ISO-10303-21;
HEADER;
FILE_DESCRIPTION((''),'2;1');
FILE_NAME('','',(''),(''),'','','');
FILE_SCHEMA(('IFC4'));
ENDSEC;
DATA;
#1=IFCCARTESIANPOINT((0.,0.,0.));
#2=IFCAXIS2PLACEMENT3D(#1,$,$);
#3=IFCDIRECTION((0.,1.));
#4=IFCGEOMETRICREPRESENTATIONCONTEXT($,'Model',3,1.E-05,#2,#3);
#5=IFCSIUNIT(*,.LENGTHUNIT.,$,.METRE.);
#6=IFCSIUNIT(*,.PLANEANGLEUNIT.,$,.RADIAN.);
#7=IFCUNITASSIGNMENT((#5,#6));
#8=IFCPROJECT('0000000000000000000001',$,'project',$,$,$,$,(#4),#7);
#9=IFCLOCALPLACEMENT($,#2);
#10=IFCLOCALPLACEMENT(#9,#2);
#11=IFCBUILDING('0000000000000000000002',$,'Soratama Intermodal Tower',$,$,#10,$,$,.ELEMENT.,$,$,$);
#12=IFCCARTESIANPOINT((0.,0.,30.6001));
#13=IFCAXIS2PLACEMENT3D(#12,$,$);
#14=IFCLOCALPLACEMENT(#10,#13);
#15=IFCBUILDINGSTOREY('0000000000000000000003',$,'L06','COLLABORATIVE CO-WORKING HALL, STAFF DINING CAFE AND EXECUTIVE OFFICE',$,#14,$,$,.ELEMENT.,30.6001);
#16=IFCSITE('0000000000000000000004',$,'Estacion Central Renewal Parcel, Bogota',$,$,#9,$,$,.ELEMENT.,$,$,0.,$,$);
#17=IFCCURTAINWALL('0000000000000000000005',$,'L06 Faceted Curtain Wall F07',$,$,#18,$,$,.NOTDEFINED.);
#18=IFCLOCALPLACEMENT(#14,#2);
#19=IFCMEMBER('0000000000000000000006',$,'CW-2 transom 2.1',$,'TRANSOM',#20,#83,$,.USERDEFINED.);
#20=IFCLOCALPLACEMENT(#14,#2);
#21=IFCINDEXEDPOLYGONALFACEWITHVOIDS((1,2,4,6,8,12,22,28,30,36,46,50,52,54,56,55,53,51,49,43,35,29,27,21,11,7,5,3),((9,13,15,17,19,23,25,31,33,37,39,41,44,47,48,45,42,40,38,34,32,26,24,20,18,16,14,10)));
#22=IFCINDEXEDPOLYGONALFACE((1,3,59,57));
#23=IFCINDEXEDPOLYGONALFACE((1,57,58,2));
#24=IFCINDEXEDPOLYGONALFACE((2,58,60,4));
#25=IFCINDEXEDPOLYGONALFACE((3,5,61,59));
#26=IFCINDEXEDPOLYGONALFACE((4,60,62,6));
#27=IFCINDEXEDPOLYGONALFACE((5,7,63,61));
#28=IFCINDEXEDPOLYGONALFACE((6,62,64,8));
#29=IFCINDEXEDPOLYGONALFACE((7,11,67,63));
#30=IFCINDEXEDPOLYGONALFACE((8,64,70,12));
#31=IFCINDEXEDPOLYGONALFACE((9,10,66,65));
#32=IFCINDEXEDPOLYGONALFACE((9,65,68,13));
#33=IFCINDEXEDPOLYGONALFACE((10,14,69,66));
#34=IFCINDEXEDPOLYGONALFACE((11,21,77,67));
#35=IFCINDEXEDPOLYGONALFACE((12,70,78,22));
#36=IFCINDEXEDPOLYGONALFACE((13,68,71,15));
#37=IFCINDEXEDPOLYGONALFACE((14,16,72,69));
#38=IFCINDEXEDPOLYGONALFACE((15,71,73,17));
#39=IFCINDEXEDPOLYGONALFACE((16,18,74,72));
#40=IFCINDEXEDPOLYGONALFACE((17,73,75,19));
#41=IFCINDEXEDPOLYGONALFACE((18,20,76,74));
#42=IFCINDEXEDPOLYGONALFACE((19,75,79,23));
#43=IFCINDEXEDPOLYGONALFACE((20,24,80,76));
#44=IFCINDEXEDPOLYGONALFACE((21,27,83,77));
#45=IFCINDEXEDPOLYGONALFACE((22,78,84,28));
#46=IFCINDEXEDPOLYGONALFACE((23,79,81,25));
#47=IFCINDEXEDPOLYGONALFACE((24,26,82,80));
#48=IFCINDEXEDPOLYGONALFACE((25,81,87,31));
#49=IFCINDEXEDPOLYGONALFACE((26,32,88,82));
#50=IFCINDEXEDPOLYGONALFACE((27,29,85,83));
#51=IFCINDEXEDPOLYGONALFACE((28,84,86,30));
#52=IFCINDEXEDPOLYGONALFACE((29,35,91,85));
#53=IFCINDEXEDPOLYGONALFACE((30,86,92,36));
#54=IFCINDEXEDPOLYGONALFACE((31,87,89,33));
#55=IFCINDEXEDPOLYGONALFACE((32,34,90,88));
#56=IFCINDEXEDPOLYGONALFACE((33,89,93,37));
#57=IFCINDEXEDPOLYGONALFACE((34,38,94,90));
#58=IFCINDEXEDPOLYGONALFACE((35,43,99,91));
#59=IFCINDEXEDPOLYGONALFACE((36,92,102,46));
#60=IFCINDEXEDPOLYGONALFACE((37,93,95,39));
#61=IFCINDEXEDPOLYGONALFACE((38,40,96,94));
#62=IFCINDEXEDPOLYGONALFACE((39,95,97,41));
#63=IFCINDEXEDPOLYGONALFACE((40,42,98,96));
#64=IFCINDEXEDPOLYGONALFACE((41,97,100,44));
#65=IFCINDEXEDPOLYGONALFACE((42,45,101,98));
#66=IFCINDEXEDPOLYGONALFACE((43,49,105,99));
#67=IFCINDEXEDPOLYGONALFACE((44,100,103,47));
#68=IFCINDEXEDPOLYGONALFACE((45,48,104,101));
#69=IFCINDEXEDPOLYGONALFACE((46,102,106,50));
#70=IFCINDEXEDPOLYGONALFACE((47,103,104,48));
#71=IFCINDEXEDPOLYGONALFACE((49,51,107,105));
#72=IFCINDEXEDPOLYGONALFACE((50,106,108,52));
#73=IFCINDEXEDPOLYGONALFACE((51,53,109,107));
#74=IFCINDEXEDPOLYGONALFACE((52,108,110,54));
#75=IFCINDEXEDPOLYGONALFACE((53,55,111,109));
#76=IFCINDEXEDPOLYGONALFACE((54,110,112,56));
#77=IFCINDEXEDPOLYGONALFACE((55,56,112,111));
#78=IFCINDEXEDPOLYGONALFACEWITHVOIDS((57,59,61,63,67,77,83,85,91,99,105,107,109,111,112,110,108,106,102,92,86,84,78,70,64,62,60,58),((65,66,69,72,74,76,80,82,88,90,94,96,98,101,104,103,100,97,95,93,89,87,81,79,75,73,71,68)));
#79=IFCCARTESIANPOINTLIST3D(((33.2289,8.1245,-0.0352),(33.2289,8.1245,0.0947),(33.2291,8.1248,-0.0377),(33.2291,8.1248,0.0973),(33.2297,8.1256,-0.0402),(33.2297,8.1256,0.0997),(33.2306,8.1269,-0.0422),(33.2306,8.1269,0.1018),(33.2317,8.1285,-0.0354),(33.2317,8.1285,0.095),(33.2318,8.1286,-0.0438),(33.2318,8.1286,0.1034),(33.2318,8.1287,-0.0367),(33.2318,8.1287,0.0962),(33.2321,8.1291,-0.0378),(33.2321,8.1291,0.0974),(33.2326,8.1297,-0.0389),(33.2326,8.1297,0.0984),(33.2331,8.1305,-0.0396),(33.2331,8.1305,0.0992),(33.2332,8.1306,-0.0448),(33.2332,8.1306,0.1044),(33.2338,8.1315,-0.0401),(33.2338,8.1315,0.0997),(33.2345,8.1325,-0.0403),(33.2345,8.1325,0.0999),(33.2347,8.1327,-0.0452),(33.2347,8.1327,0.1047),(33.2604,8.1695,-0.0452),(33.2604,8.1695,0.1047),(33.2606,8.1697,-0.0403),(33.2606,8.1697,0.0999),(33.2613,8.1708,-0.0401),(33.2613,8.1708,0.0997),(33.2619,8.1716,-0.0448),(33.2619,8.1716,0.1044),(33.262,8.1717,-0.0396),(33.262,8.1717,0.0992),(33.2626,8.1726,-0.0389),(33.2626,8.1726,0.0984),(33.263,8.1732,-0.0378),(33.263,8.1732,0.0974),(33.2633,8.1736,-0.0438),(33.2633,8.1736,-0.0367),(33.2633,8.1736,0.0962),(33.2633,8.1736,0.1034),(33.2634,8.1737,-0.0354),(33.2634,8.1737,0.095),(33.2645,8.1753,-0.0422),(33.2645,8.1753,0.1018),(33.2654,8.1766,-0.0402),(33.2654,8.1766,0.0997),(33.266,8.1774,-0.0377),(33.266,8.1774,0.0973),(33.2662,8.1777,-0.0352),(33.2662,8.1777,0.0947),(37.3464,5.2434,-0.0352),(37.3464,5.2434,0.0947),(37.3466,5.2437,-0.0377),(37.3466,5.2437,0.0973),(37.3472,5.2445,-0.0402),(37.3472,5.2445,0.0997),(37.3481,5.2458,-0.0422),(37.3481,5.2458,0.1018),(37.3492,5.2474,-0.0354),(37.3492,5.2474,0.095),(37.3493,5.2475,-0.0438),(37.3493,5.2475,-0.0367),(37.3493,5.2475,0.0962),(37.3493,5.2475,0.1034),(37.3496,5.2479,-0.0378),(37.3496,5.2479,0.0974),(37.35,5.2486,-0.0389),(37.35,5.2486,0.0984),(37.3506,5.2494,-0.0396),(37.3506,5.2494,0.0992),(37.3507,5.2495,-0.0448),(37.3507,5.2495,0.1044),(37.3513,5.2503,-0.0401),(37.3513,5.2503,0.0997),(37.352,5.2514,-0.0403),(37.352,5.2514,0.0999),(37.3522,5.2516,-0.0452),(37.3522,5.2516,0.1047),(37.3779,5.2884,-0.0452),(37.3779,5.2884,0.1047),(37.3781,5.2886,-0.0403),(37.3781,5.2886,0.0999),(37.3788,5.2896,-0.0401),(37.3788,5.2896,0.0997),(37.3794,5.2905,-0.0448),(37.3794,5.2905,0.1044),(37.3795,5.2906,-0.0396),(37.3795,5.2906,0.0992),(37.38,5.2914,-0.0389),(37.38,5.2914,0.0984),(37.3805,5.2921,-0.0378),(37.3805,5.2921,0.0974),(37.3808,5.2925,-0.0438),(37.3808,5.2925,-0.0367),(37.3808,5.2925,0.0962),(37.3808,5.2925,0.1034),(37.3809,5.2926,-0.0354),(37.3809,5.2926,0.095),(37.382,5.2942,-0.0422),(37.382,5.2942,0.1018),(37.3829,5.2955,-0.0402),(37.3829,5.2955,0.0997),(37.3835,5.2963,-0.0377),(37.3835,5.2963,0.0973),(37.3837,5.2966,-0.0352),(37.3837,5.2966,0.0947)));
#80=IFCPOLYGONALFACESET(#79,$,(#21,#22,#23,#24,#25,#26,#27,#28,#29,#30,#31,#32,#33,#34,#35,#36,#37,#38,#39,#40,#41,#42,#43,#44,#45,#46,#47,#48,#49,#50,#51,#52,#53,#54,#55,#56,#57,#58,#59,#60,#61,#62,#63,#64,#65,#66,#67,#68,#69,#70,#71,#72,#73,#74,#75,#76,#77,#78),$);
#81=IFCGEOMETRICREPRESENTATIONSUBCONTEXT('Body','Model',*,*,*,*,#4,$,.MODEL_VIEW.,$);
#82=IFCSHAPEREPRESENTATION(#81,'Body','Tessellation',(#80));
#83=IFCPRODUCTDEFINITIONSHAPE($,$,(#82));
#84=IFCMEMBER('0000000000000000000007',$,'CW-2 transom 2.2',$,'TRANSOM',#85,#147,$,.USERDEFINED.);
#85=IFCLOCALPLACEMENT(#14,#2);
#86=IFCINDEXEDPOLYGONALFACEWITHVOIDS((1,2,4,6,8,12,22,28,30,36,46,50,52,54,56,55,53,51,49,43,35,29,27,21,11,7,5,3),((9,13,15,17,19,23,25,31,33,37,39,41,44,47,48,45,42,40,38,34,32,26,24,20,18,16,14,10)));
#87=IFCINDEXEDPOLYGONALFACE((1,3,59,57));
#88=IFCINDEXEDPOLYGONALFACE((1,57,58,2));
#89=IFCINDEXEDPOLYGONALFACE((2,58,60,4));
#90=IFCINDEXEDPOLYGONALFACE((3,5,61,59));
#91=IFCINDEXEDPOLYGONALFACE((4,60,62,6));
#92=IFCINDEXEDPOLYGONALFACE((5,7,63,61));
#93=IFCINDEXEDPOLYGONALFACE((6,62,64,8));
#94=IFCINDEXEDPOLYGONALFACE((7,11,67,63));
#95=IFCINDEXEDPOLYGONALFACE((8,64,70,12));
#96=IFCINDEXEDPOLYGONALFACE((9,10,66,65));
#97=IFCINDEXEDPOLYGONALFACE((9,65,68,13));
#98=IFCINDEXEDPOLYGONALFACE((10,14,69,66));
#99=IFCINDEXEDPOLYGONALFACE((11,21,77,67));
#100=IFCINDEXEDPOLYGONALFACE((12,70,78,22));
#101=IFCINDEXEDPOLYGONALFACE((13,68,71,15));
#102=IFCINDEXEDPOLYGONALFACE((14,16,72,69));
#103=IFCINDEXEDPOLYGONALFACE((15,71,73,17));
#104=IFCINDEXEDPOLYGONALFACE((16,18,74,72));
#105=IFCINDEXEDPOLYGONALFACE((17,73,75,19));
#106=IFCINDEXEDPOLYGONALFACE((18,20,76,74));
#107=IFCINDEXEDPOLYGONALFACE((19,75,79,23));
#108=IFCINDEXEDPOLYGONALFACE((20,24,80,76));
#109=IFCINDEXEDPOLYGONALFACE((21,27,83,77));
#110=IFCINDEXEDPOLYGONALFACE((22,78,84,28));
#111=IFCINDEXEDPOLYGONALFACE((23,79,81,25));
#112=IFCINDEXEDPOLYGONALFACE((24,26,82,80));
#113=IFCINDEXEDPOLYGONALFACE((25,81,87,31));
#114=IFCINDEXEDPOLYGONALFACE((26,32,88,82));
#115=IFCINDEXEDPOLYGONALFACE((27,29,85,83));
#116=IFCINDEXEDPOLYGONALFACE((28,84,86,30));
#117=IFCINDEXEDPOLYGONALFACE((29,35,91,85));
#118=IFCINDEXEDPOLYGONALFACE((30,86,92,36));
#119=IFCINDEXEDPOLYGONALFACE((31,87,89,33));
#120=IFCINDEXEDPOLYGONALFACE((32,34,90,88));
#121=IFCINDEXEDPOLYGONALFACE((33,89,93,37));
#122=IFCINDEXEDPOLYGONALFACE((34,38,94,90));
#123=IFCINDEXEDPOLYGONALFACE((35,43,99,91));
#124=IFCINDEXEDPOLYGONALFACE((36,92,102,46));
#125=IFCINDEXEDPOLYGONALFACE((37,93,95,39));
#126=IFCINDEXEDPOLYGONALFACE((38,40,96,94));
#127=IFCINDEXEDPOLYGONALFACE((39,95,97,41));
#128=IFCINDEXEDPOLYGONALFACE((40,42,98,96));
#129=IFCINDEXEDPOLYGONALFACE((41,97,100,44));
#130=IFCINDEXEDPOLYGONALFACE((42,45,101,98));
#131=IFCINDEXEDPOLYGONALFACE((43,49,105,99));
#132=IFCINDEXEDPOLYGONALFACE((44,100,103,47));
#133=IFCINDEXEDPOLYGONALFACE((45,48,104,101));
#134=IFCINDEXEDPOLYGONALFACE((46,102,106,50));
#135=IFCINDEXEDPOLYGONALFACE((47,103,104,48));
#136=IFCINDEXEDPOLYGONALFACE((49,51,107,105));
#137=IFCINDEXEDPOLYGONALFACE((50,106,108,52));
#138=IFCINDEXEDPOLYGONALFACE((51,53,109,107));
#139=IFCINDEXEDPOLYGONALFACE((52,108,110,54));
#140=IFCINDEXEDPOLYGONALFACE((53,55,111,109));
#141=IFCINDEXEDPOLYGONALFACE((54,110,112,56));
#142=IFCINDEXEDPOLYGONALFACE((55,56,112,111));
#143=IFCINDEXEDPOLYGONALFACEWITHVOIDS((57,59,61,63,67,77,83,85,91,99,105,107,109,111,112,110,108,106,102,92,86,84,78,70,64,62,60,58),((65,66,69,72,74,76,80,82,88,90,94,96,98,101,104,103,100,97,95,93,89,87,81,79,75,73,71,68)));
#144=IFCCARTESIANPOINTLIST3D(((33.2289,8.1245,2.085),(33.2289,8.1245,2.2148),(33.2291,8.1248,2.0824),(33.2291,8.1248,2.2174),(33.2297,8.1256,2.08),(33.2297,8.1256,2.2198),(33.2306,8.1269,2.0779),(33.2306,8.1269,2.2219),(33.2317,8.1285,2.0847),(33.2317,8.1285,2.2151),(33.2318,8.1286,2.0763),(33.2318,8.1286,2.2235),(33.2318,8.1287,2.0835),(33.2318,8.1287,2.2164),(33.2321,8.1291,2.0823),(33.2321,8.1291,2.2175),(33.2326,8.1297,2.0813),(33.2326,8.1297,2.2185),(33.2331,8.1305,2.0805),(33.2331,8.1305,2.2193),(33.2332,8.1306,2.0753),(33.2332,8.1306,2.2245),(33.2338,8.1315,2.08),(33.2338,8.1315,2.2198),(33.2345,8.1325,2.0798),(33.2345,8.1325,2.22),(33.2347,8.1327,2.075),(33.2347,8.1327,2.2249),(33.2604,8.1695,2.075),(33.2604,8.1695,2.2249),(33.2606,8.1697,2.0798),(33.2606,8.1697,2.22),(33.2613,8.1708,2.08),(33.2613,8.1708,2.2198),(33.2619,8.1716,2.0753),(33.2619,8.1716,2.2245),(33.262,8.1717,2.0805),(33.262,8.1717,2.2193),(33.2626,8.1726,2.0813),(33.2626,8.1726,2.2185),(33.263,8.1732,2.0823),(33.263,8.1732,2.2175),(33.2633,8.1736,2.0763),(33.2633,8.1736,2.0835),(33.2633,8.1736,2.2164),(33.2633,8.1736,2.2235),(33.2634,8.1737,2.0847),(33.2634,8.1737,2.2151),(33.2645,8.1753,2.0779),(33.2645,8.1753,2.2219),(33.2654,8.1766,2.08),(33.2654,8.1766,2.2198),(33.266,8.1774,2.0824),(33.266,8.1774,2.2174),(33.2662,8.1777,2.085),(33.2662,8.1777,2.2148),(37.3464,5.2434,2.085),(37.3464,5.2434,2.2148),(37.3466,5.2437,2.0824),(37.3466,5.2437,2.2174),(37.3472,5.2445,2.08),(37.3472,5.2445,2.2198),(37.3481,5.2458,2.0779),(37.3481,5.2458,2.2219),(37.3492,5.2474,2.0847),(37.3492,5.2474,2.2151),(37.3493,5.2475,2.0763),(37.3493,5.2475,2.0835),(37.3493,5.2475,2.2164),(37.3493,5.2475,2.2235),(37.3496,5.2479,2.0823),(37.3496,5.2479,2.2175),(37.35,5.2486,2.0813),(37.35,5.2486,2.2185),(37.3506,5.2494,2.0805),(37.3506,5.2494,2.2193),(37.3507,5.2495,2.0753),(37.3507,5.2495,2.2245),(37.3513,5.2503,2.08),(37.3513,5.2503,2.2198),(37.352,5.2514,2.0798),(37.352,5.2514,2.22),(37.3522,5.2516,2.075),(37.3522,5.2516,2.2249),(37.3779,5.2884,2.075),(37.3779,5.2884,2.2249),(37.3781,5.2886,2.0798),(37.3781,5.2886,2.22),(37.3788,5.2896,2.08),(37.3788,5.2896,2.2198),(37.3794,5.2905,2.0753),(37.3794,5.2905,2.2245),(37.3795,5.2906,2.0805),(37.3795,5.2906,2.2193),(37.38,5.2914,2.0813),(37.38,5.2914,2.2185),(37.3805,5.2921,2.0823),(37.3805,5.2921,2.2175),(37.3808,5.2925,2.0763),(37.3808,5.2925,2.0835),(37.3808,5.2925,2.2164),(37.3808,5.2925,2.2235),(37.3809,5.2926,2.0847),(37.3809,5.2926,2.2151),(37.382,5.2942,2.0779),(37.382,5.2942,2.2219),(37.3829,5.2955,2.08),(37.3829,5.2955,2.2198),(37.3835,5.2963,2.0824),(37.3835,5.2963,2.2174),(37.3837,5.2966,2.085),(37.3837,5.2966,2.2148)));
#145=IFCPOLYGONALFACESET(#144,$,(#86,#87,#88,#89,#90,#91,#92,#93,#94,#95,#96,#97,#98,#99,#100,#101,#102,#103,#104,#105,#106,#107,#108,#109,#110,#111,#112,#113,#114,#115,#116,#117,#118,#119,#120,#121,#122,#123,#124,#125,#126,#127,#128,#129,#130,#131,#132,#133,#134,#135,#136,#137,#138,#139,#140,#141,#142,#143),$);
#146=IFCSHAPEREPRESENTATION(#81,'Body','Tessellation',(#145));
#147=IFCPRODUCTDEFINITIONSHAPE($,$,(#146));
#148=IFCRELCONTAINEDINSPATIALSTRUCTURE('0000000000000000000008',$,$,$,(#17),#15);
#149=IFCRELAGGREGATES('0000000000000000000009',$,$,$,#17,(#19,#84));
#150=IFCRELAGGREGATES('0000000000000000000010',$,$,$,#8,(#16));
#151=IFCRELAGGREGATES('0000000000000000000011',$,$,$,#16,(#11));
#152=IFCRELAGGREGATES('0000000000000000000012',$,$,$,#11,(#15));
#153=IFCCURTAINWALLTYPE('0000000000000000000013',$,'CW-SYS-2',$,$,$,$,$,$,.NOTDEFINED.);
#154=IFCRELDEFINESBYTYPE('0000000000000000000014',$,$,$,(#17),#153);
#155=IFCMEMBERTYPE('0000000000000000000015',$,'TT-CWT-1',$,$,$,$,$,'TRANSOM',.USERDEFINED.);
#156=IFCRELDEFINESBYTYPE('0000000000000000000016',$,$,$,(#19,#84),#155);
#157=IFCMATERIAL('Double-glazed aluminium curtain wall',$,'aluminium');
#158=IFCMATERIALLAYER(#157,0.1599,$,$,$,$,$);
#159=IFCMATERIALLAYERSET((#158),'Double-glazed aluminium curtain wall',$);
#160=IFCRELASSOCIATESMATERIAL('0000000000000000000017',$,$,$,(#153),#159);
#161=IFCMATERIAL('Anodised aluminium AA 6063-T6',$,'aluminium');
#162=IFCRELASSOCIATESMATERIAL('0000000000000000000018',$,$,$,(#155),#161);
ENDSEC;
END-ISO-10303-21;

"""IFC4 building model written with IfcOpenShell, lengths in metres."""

from ifc_helpers import new_model, si_unit, direction, frame, origin, origin_2d, place, context, subcontext, project, spatial, hollow_rectangle, extrude, material, layer, layer_set, material_profile, profile_set, type_object, element, aggregate, save


model = new_model("IFC4")

# Units and contexts
model_context = context("Model", 3, precision=1e-05, world=origin(), true_north=direction((0.0, 1.0)))
body_context = subcontext(model_context, "Body", "Model", "MODEL_VIEW")
ifc_project = project(units=[si_unit("LENGTHUNIT", "METRE"), si_unit("PLANEANGLEUNIT", "RADIAN")], contexts=[model_context])

# Site, building, storey
site_placement = place(None, origin())
site = spatial("IfcSite", under=ifc_project, at=site_placement, Name="Estacion Central Renewal Parcel, Bogota", CompositionType="ELEMENT", RefElevation=0.0)
building_placement = place(site_placement, origin())
building = spatial("IfcBuilding", under=site, at=building_placement, Name="Soratama Intermodal Tower", CompositionType="ELEMENT")
storey_placement = place(building_placement, frame((0.0, 0.0, 30.6001)))
storey = spatial("IfcBuildingStorey", under=building, at=storey_placement, Name="L06", Description="COLLABORATIVE CO-WORKING HALL, STAFF DINING CAFE AND EXECUTIVE OFFICE", CompositionType="ELEMENT", Elevation=30.6001)

# Curtain wall, members
ifc_material_1 = material(Name="Double-glazed aluminium curtain wall", Category="aluminium")
ifc_layer_1 = layer(ifc_material_1, 0.1599)
ifc_layer_set_1 = layer_set([ifc_layer_1], Name="Double-glazed aluminium curtain wall")
curtain_wall_type = type_object("IfcCurtainWallType", Name="CW-SYS-2", PredefinedType="NOTDEFINED", material=ifc_layer_set_1)
curtain_wall_placement = place(storey_placement, origin())
curtain_wall = element("IfcCurtainWall", 1, at=curtain_wall_placement, inside=storey, type_object=curtain_wall_type, Name="L06 Faceted Curtain Wall F07", PredefinedType="NOTDEFINED")
ifc_material_2 = material(Name="Anodised aluminium AA 6063-T6", Category="aluminium")
ifc_material_profile_1 = material_profile(ifc_material_2, hollow_rectangle(XDim=0.0649, YDim=0.1499, WallThickness=0.0049, InnerFilletRadius=0.0049, OuterFilletRadius=0.01, at=origin_2d()), Name="CWT150X65X5")
ifc_profile_set_1 = profile_set([ifc_material_profile_1], Name="Anodised aluminium AA 6063-T6")
member_type_1 = type_object("IfcMemberType", Name="TT-CWT-1", ElementType="TRANSOM", PredefinedType="USERDEFINED", material=ifc_profile_set_1)
member_1_placement = place(storey_placement, frame((33.2476, 8.1511, 0.0298), z_axis=(0.819335, -0.573316, 0.0), x_axis=(0.573316, 0.819335, 0.0)))
member_1 = element("IfcMember", 2, at=member_1_placement, type_object=member_type_1, Name="CW-2 transom 2.1", ObjectType="TRANSOM", PredefinedType="USERDEFINED", context=body_context, shape_type="SweptSolid", body=[
    extrude(hollow_rectangle(XDim=0.0649, YDim=0.1499, WallThickness=0.0049, InnerFilletRadius=0.0049, OuterFilletRadius=0.01, at=origin_2d()), origin(), (0.0, 0.0, 1.0), 5.0254),
])
member_2_placement = place(storey_placement, frame((33.2476, 8.1511, 2.1499), z_axis=(0.819335, -0.573316, 0.0), x_axis=(0.573316, 0.819335, 0.0)))
member_2 = element("IfcMember", 3, at=member_2_placement, type_object=member_type_1, Name="CW-2 transom 2.2", ObjectType="TRANSOM", PredefinedType="USERDEFINED", context=body_context, shape_type="SweptSolid", body=[
    extrude(hollow_rectangle(XDim=0.0649, YDim=0.1499, WallThickness=0.0049, InnerFilletRadius=0.0049, OuterFilletRadius=0.01, at=origin_2d()), origin(), (0.0, 0.0, 1.0), 5.0254),
])
aggregate(curtain_wall, [member_1, member_2])

save(model, "model.ifc")
